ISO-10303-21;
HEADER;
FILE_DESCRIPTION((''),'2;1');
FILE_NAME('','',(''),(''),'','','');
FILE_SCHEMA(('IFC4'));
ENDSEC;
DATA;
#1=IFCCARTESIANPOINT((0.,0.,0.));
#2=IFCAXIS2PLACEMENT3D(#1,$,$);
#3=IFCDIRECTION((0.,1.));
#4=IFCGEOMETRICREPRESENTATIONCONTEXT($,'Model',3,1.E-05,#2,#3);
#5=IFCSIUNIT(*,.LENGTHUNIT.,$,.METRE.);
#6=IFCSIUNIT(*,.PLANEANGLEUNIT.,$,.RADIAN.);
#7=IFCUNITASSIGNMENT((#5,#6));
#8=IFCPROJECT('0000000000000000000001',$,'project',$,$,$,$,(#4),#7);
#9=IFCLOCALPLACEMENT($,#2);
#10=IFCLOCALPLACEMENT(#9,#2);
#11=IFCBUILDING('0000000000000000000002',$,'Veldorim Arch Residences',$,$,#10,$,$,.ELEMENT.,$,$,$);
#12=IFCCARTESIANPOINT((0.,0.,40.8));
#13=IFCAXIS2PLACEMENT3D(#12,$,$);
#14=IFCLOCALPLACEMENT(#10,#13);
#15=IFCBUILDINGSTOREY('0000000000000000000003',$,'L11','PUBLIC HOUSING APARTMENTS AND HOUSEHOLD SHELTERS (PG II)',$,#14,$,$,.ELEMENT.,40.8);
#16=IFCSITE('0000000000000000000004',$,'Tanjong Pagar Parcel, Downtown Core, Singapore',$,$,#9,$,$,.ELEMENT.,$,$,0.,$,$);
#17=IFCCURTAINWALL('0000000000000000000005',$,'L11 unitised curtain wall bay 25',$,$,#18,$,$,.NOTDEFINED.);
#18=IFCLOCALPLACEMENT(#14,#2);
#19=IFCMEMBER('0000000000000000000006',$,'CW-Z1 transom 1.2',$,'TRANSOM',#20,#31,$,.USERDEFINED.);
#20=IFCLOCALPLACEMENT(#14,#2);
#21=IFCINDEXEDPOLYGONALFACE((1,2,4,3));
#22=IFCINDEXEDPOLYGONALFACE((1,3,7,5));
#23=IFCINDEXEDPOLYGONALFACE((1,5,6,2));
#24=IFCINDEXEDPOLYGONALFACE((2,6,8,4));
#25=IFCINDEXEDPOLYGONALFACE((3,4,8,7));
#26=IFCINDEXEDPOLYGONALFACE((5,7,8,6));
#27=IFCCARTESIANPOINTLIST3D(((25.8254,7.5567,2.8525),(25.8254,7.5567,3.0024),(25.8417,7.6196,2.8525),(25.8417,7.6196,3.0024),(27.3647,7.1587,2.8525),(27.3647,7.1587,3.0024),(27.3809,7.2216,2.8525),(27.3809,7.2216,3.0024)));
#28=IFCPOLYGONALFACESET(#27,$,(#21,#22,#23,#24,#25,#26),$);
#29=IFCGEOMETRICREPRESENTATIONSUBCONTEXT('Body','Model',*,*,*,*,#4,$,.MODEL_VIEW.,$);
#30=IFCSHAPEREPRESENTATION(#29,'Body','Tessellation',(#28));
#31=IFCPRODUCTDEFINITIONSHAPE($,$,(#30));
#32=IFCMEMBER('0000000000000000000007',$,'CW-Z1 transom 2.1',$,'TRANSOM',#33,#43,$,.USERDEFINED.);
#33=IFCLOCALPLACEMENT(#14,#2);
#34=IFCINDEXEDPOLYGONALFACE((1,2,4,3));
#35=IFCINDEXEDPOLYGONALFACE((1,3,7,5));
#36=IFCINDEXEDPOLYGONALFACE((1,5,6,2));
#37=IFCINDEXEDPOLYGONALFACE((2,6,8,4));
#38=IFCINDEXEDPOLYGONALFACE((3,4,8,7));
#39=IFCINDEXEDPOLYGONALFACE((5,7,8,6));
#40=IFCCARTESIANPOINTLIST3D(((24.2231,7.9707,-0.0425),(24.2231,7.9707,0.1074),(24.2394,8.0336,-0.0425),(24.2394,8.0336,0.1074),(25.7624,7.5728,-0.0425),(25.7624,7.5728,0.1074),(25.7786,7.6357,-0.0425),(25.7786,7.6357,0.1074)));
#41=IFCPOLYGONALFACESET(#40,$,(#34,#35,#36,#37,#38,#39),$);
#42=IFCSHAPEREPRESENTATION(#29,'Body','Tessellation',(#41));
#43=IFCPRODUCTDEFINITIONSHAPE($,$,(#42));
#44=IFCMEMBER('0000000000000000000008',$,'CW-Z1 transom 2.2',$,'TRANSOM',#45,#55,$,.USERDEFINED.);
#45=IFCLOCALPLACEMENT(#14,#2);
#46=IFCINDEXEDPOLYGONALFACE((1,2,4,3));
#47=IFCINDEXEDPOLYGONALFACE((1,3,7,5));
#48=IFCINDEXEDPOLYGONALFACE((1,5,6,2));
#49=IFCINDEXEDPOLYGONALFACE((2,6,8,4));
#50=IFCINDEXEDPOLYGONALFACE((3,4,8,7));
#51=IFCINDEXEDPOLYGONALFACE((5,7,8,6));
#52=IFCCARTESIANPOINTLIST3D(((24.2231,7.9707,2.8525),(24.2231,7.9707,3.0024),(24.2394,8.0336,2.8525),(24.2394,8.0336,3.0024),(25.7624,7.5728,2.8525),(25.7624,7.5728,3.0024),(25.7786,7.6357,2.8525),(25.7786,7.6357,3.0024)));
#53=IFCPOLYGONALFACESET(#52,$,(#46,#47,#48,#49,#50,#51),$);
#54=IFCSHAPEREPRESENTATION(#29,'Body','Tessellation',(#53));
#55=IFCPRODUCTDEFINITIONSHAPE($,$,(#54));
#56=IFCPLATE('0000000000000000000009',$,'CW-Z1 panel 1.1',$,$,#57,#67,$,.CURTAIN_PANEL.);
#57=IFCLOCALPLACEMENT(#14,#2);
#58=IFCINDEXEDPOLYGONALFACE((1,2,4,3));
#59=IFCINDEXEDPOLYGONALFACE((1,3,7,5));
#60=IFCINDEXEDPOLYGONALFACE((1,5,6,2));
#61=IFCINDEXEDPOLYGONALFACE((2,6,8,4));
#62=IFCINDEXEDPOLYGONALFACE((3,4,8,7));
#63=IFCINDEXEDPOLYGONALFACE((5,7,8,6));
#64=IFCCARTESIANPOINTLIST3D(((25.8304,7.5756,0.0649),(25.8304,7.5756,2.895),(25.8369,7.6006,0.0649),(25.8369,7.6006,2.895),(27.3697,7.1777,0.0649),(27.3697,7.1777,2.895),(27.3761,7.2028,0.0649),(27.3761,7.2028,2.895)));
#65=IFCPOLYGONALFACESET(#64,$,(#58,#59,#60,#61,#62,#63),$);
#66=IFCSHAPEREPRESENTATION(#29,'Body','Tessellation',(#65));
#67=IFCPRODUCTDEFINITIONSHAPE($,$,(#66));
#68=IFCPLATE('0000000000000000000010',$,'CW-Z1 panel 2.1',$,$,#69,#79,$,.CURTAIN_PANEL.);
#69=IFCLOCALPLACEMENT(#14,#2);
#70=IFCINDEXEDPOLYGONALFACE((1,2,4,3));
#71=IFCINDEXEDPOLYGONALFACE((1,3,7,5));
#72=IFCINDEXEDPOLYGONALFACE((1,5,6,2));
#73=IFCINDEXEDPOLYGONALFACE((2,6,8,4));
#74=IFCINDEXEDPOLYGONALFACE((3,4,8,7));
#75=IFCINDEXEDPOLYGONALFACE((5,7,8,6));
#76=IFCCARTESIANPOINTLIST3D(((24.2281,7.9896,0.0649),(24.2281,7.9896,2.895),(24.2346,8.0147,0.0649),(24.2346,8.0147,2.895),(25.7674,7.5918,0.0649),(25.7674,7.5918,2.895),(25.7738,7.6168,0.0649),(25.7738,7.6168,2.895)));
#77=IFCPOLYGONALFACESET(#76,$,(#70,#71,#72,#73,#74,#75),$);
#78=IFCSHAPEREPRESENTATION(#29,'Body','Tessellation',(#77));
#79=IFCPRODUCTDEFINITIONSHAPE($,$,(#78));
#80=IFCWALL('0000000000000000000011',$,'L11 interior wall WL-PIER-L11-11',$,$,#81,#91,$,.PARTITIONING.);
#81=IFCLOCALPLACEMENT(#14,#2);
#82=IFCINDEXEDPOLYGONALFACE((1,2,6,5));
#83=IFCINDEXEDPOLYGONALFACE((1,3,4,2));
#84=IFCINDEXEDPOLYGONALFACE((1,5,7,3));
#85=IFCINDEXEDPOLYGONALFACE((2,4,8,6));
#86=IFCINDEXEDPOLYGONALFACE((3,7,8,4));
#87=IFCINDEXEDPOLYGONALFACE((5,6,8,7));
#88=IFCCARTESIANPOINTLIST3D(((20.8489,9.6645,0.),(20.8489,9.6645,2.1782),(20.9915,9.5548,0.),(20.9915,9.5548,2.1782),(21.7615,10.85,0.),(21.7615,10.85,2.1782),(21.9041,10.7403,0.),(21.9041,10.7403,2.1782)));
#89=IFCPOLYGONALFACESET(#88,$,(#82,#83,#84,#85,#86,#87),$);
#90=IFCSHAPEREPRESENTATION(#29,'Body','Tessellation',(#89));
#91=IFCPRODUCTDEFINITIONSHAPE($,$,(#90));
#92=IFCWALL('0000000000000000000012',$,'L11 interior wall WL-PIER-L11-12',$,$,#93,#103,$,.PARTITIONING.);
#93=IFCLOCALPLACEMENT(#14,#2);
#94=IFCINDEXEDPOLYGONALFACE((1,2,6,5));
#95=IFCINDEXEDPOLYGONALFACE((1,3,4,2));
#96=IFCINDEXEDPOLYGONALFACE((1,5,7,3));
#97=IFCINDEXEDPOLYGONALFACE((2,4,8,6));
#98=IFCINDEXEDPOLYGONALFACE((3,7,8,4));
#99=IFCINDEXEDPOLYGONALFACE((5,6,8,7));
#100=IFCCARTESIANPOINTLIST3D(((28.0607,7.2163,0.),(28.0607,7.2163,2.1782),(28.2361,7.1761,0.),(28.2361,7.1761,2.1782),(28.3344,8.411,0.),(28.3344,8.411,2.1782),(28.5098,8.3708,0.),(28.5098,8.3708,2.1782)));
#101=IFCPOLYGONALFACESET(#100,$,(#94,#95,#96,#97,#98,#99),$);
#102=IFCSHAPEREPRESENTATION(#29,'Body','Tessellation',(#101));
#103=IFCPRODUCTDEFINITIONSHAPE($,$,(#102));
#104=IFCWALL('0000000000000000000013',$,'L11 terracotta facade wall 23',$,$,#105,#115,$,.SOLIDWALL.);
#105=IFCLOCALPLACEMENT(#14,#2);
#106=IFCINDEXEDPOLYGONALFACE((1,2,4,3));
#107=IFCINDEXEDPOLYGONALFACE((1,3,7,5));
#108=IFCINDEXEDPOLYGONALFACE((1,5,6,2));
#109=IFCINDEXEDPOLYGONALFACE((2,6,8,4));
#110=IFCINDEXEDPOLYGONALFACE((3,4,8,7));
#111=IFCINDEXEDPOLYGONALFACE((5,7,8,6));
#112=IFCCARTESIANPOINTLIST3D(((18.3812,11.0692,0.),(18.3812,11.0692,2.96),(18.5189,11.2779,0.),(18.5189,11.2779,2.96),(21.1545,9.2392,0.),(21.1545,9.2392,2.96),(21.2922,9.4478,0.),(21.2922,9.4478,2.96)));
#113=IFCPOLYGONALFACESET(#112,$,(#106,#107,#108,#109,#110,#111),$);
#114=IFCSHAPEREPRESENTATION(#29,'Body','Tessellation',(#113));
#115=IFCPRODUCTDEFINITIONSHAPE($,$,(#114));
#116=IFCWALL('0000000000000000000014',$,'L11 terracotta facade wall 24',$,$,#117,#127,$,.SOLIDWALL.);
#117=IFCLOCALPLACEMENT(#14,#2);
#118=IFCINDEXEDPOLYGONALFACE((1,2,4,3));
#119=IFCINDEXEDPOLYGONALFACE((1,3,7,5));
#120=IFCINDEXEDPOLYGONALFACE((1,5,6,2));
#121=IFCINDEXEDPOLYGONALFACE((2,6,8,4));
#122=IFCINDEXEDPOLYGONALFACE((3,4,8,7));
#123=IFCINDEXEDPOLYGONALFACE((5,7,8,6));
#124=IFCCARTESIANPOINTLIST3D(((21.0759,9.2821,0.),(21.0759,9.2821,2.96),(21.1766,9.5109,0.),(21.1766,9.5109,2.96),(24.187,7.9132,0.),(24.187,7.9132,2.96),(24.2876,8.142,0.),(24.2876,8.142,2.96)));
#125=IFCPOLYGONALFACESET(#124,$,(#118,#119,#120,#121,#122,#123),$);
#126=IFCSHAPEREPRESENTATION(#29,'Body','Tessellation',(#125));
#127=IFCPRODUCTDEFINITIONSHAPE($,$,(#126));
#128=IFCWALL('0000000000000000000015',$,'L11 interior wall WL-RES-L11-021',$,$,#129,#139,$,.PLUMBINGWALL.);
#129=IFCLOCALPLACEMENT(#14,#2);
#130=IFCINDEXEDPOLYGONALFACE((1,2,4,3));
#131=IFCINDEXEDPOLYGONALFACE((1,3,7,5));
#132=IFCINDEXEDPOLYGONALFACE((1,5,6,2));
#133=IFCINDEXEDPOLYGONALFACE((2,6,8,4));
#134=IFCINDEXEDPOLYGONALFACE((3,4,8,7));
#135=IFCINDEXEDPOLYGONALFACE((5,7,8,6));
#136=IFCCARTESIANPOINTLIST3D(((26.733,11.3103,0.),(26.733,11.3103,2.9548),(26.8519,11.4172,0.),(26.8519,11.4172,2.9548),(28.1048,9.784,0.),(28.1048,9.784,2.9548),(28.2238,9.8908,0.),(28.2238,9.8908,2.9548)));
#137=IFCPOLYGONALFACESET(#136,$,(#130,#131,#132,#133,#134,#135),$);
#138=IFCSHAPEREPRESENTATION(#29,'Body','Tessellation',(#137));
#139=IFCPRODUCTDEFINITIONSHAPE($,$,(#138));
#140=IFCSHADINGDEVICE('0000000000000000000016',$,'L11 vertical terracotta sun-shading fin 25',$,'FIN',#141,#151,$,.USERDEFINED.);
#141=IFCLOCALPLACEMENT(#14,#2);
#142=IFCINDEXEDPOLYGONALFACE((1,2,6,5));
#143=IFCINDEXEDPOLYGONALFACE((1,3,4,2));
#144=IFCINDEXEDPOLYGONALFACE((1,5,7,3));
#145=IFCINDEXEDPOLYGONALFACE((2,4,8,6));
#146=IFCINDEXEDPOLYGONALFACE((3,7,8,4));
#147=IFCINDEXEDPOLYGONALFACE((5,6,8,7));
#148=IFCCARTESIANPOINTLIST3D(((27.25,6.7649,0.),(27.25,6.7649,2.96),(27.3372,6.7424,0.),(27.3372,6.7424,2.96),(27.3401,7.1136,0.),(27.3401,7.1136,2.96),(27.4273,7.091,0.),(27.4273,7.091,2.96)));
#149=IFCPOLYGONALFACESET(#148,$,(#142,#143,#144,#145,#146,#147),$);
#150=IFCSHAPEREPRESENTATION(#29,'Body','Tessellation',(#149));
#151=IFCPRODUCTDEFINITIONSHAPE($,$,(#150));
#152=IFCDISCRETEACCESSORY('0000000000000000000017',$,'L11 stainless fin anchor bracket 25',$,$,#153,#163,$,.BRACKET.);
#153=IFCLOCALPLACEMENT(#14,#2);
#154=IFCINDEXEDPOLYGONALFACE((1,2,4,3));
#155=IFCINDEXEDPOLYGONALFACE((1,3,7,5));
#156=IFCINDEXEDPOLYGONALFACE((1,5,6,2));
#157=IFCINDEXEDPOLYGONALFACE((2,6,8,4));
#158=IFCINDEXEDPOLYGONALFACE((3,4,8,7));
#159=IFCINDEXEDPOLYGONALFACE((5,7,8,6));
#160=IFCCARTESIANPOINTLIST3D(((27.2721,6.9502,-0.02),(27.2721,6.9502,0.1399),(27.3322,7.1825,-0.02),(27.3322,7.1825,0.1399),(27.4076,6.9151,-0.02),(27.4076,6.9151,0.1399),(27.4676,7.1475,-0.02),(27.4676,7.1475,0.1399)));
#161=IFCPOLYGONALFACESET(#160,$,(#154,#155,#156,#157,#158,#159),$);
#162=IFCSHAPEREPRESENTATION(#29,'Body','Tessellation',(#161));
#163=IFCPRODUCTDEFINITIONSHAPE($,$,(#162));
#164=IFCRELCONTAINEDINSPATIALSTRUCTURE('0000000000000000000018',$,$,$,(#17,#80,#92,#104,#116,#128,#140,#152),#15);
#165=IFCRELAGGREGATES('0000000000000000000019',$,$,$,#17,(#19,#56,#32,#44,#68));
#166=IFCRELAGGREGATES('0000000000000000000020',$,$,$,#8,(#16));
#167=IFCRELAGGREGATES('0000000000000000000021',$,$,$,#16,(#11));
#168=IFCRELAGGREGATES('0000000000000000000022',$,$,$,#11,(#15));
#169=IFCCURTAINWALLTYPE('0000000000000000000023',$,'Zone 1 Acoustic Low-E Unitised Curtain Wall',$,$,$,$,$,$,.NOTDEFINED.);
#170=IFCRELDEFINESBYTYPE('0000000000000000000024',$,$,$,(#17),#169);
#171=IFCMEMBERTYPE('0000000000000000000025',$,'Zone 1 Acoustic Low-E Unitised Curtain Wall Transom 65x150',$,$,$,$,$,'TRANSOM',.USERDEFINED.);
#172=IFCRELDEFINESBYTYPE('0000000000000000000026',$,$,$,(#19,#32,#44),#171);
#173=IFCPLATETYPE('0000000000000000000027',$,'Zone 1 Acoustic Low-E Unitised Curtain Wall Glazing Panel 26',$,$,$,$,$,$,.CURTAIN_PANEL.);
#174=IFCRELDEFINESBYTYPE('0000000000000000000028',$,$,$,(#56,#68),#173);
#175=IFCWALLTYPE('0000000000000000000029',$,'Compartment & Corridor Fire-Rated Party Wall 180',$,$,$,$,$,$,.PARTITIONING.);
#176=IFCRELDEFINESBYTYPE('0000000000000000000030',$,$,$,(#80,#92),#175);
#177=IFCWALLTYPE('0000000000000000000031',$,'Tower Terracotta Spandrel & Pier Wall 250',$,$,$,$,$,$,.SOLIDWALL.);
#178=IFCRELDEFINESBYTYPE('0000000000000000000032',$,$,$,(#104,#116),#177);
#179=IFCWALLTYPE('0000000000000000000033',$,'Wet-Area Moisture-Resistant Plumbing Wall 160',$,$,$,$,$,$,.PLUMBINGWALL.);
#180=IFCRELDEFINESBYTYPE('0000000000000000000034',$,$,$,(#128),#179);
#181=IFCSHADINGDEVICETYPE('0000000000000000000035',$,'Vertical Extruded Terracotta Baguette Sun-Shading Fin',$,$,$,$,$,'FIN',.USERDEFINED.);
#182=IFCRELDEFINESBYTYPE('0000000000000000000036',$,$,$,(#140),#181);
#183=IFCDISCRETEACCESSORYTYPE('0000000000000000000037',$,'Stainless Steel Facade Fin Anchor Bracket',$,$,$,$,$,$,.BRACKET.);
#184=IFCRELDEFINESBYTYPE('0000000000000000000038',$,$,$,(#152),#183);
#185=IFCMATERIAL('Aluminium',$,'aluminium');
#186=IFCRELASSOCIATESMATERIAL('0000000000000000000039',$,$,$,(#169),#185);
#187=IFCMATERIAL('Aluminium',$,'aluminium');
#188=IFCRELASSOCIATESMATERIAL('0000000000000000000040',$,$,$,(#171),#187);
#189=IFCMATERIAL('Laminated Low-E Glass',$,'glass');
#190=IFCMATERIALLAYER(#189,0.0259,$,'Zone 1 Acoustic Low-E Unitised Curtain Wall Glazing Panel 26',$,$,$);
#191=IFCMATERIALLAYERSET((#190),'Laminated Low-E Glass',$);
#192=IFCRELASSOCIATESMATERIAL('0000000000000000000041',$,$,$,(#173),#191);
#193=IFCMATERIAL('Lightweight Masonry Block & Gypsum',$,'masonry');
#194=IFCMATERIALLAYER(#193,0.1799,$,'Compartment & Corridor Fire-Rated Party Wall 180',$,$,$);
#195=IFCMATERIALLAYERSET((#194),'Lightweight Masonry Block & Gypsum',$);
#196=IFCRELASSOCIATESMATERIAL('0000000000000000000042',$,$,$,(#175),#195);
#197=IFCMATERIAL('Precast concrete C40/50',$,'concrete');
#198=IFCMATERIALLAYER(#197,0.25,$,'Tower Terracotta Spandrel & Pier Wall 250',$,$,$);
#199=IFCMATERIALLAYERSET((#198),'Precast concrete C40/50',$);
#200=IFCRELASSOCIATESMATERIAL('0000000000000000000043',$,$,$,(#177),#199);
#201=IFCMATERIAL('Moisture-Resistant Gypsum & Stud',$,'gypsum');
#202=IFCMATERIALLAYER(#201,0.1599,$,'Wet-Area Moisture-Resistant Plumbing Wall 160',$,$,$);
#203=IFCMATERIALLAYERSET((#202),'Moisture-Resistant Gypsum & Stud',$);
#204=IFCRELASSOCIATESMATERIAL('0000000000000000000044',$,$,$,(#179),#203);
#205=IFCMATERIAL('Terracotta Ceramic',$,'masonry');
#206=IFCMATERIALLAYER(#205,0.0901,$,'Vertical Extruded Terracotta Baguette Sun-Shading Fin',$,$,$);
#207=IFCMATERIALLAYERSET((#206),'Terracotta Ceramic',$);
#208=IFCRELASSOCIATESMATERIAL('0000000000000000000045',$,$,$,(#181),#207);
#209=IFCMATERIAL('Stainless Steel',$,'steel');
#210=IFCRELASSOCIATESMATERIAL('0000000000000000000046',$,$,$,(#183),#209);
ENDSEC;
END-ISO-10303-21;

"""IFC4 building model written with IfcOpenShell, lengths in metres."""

from ifc_helpers import new_model, si_unit, direction, frame, frame_2d, origin, origin_2d, place, context, subcontext, project, spatial, rectangle, extrude, material, layer, layer_set, material_profile, profile_set, type_object, element, aggregate, save


model = new_model("IFC4")

# Units and contexts
model_context = context("Model", 3, precision=1e-05, world=origin(), true_north=direction((0.0, 1.0)))
body_context = subcontext(model_context, "Body", "Model", "MODEL_VIEW")
ifc_project = project(units=[si_unit("LENGTHUNIT", "METRE"), si_unit("PLANEANGLEUNIT", "RADIAN")], contexts=[model_context])

# Site, building, storey
site_placement = place(None, origin())
site = spatial("IfcSite", under=ifc_project, at=site_placement, Name="Tanjong Pagar Parcel, Downtown Core, Singapore", CompositionType="ELEMENT", RefElevation=0.0)
building_placement = place(site_placement, origin())
building = spatial("IfcBuilding", under=site, at=building_placement, Name="Veldorim Arch Residences", CompositionType="ELEMENT")
storey_placement = place(building_placement, frame((0.0, 0.0, 40.8)))
storey = spatial("IfcBuildingStorey", under=building, at=storey_placement, Name="L11", Description="PUBLIC HOUSING APARTMENTS AND HOUSEHOLD SHELTERS (PG II)", CompositionType="ELEMENT", Elevation=40.8)

# Curtain wall, members, plates
ifc_material_1 = material(Name="Aluminium", Category="aluminium")
curtain_wall_type = type_object("IfcCurtainWallType", Name="Zone 1 Acoustic Low-E Unitised Curtain Wall", PredefinedType="NOTDEFINED", material=ifc_material_1)
curtain_wall_placement = place(storey_placement, origin())
curtain_wall = element("IfcCurtainWall", 1, at=curtain_wall_placement, inside=storey, type_object=curtain_wall_type, Name="L11 unitised curtain wall bay 25", PredefinedType="NOTDEFINED")
ifc_material_2 = material(Name="Aluminium", Category="aluminium")
ifc_material_profile_1 = material_profile(ifc_material_2, rectangle(XDim=0.0649, YDim=0.1499, at=origin_2d()), Name="ALU_TRN_65x150")
ifc_profile_set_1 = profile_set([ifc_material_profile_1], Name="Aluminium")
member_type_1 = type_object("IfcMemberType", Name="Zone 1 Acoustic Low-E Unitised Curtain Wall Transom 65x150", ElementType="TRANSOM", PredefinedType="USERDEFINED", material=ifc_profile_set_1)
member_1_placement = place(storey_placement, frame((27.3728, 7.1902, 2.9275), z_axis=(-0.968169, 0.250296, 0.0), x_axis=(-0.250296, -0.968169, 0.0)))
member_1 = element("IfcMember", 2, at=member_1_placement, type_object=member_type_1, Name="CW-Z1 transom 1.2", ObjectType="TRANSOM", PredefinedType="USERDEFINED", context=body_context, shape_type="SweptSolid", body=[
    extrude(rectangle(XDim=0.0649, YDim=0.1499, at=origin_2d()), origin(), (0.0, 0.0, 1.0), 1.5898),
])
member_2_placement = place(storey_placement, frame((25.7705, 7.6042, 0.0325), z_axis=(-0.968169, 0.250296, 0.0), x_axis=(-0.250296, -0.968169, 0.0)))
member_2 = element("IfcMember", 3, at=member_2_placement, type_object=member_type_1, Name="CW-Z1 transom 2.1", ObjectType="TRANSOM", PredefinedType="USERDEFINED", context=body_context, shape_type="SweptSolid", body=[
    extrude(rectangle(XDim=0.0649, YDim=0.1499, at=origin_2d()), origin(), (0.0, 0.0, 1.0), 1.5898),
])
member_3_placement = place(storey_placement, frame((25.7705, 7.6042, 2.9275), z_axis=(-0.968169, 0.250296, 0.0), x_axis=(-0.250296, -0.968169, 0.0)))
member_3 = element("IfcMember", 4, at=member_3_placement, type_object=member_type_1, Name="CW-Z1 transom 2.2", ObjectType="TRANSOM", PredefinedType="USERDEFINED", context=body_context, shape_type="SweptSolid", body=[
    extrude(rectangle(XDim=0.0649, YDim=0.1499, at=origin_2d()), origin(), (0.0, 0.0, 1.0), 1.5898),
])
ifc_material_3 = material(Name="Laminated Low-E Glass", Category="glass")
ifc_layer_1 = layer(ifc_material_3, 0.0259, Name="Zone 1 Acoustic Low-E Unitised Curtain Wall Glazing Panel 26")
ifc_layer_set_1 = layer_set([ifc_layer_1], Name="Laminated Low-E Glass")
plate_type = type_object("IfcPlateType", Name="Zone 1 Acoustic Low-E Unitised Curtain Wall Glazing Panel 26", PredefinedType="CURTAIN_PANEL", material=ifc_layer_set_1)
plate_1_placement = place(storey_placement, frame((26.6033, 7.3892, 0.0649), z_axis=(0.0, 0.0, 1.0), x_axis=(-0.968179, 0.25026, 0.0)))
plate_1 = element("IfcPlate", 5, at=plate_1_placement, type_object=plate_type, Name="CW-Z1 panel 1.1", PredefinedType="CURTAIN_PANEL", context=body_context, shape_type="SweptSolid", body=[
    extrude(rectangle(XDim=1.5898, YDim=0.0259, at=origin_2d()), origin(), (0.0, 0.0, 1.0), 2.8301),
])
plate_2_placement = place(storey_placement, frame((25.001, 7.8032, 0.0649), z_axis=(0.0, 0.0, 1.0), x_axis=(-0.968179, 0.25026, 0.0)))
plate_2 = element("IfcPlate", 6, at=plate_2_placement, type_object=plate_type, Name="CW-Z1 panel 2.1", PredefinedType="CURTAIN_PANEL", context=body_context, shape_type="SweptSolid", body=[
    extrude(rectangle(XDim=1.5898, YDim=0.0259, at=origin_2d()), origin(), (0.0, 0.0, 1.0), 2.8301),
])
aggregate(curtain_wall, [member_1, plate_1, member_2, member_3, plate_2])

# Walls
ifc_material_4 = material(Name="Lightweight Masonry Block & Gypsum", Category="masonry")
ifc_layer_2 = layer(ifc_material_4, 0.1799, Name="Compartment & Corridor Fire-Rated Party Wall 180")
ifc_layer_set_2 = layer_set([ifc_layer_2], Name="Lightweight Masonry Block & Gypsum")
wall_type_1 = type_object("IfcWallType", Name="Compartment & Corridor Fire-Rated Party Wall 180", PredefinedType="PARTITIONING", material=ifc_layer_set_2)
wall_1_placement = place(storey_placement, frame((21.8328, 10.7952, 0.0), z_axis=(0.0, 0.0, 1.0), x_axis=(-0.609979, -0.792418, 0.0)))
element("IfcWall", 7, at=wall_1_placement, inside=storey, type_object=wall_type_1, Name="L11 interior wall WL-PIER-L11-11", PredefinedType="PARTITIONING", context=body_context, shape_type="SweptSolid", body=[
    extrude(rectangle(XDim=1.4961, YDim=0.1799, at=frame_2d((0.748, 0.0))), origin(), (0.0, 0.0, 1.0), 2.1782),
])
wall_2_placement = place(storey_placement, frame((28.4221, 8.3909, 0.0), z_axis=(0.0, 0.0, 1.0), x_axis=(-0.223317, -0.974746, 0.0)))
element("IfcWall", 8, at=wall_2_placement, inside=storey, type_object=wall_type_1, Name="L11 interior wall WL-PIER-L11-12", PredefinedType="PARTITIONING", context=body_context, shape_type="SweptSolid", body=[
    extrude(rectangle(XDim=1.2256, YDim=0.1799, at=frame_2d((0.6128, 0.0))), origin(), (0.0, 0.0, 1.0), 2.1782),
])
ifc_material_5 = material(Name="Precast concrete C40/50", Category="concrete")
ifc_layer_3 = layer(ifc_material_5, 0.25, Name="Tower Terracotta Spandrel & Pier Wall 250")
ifc_layer_set_3 = layer_set([ifc_layer_3], Name="Precast concrete C40/50")
wall_type_2 = type_object("IfcWallType", Name="Tower Terracotta Spandrel & Pier Wall 250", PredefinedType="SOLIDWALL", material=ifc_layer_set_3)
wall_3_placement = place(storey_placement, frame((21.2234, 9.3435, 0.0), z_axis=(0.0, 0.0, 1.0), x_axis=(-0.834663, 0.55076, 0.0)))
element("IfcWall", 9, at=wall_3_placement, inside=storey, type_object=wall_type_2, Name="L11 terracotta facade wall 23", PredefinedType="SOLIDWALL", context=body_context, shape_type="SweptSolid", body=[
    extrude(rectangle(XDim=3.3228, YDim=0.25, at=frame_2d((1.6614, 0.0))), origin(), (0.0, 0.0, 1.0), 2.96),
])
wall_4_placement = place(storey_placement, frame((24.2373, 8.0276, 0.0), z_axis=(0.0, 0.0, 1.0), x_axis=(-0.915313, 0.402743, 0.0)))
element("IfcWall", 10, at=wall_4_placement, inside=storey, type_object=wall_type_2, Name="L11 terracotta facade wall 24", PredefinedType="SOLIDWALL", context=body_context, shape_type="SweptSolid", body=[
    extrude(rectangle(XDim=3.3989, YDim=0.25, at=frame_2d((1.6995, 0.0))), origin(), (0.0, 0.0, 1.0), 2.96),
])
ifc_material_6 = material(Name="Moisture-Resistant Gypsum & Stud", Category="gypsum")
ifc_layer_4 = layer(ifc_material_6, 0.1599, Name="Wet-Area Moisture-Resistant Plumbing Wall 160")
ifc_layer_set_4 = layer_set([ifc_layer_4], Name="Moisture-Resistant Gypsum & Stud")
wall_type_3 = type_object("IfcWallType", Name="Wet-Area Moisture-Resistant Plumbing Wall 160", PredefinedType="PLUMBINGWALL", material=ifc_layer_set_4)
wall_5_placement = place(storey_placement, frame((28.1643, 9.8374, 0.0), z_axis=(0.0, 0.0, 1.0), x_axis=(-0.668452, 0.743755, 0.0)))
element("IfcWall", 11, at=wall_5_placement, inside=storey, type_object=wall_type_3, Name="L11 interior wall WL-RES-L11-021", PredefinedType="PLUMBINGWALL", context=body_context, shape_type="SweptSolid", body=[
    extrude(rectangle(XDim=2.0522, YDim=0.1599, at=frame_2d((1.0261, 0.0))), origin(), (0.0, 0.0, 1.0), 2.9548),
])

# Shading device
ifc_material_7 = material(Name="Terracotta Ceramic", Category="masonry")
ifc_layer_5 = layer(ifc_material_7, 0.0901, Name="Vertical Extruded Terracotta Baguette Sun-Shading Fin")
ifc_layer_set_5 = layer_set([ifc_layer_5], Name="Terracotta Ceramic")
shading_device_type = type_object("IfcShadingDeviceType", Name="Vertical Extruded Terracotta Baguette Sun-Shading Fin", ElementType="FIN", PredefinedType="USERDEFINED", material=ifc_layer_set_5)
shading_device_placement = place(storey_placement, frame((27.3386, 6.928, 0.0), z_axis=(0.0, 0.0, 1.0), x_axis=(-0.968191, 0.250211, 0.0)))
element("IfcShadingDevice", 12, at=shading_device_placement, inside=storey, type_object=shading_device_type, Name="L11 vertical terracotta sun-shading fin 25", ObjectType="FIN", PredefinedType="USERDEFINED", context=body_context, shape_type="SweptSolid", body=[
    extrude(rectangle(XDim=0.0901, YDim=0.3601, at=origin_2d()), origin(), (0.0, 0.0, 1.0), 2.96),
])

# Discrete accessory
ifc_material_8 = material(Name="Stainless Steel", Category="steel")
discrete_accessory_type = type_object("IfcDiscreteAccessoryType", Name="Stainless Steel Facade Fin Anchor Bracket", PredefinedType="BRACKET", material=ifc_material_8)
discrete_accessory_placement = place(storey_placement, frame((27.3699, 7.0488, -0.02), z_axis=(0.0, 0.0, 1.0), x_axis=(-0.968191, 0.250211, 0.0)))
element("IfcDiscreteAccessory", 13, at=discrete_accessory_placement, inside=storey, type_object=discrete_accessory_type, Name="L11 stainless fin anchor bracket 25", PredefinedType="BRACKET", context=body_context, shape_type="SweptSolid", body=[
    extrude(rectangle(XDim=0.1399, YDim=0.24, at=origin_2d()), origin(), (0.0, 0.0, 1.0), 0.1599),
])

save(model, "model.ifc")
